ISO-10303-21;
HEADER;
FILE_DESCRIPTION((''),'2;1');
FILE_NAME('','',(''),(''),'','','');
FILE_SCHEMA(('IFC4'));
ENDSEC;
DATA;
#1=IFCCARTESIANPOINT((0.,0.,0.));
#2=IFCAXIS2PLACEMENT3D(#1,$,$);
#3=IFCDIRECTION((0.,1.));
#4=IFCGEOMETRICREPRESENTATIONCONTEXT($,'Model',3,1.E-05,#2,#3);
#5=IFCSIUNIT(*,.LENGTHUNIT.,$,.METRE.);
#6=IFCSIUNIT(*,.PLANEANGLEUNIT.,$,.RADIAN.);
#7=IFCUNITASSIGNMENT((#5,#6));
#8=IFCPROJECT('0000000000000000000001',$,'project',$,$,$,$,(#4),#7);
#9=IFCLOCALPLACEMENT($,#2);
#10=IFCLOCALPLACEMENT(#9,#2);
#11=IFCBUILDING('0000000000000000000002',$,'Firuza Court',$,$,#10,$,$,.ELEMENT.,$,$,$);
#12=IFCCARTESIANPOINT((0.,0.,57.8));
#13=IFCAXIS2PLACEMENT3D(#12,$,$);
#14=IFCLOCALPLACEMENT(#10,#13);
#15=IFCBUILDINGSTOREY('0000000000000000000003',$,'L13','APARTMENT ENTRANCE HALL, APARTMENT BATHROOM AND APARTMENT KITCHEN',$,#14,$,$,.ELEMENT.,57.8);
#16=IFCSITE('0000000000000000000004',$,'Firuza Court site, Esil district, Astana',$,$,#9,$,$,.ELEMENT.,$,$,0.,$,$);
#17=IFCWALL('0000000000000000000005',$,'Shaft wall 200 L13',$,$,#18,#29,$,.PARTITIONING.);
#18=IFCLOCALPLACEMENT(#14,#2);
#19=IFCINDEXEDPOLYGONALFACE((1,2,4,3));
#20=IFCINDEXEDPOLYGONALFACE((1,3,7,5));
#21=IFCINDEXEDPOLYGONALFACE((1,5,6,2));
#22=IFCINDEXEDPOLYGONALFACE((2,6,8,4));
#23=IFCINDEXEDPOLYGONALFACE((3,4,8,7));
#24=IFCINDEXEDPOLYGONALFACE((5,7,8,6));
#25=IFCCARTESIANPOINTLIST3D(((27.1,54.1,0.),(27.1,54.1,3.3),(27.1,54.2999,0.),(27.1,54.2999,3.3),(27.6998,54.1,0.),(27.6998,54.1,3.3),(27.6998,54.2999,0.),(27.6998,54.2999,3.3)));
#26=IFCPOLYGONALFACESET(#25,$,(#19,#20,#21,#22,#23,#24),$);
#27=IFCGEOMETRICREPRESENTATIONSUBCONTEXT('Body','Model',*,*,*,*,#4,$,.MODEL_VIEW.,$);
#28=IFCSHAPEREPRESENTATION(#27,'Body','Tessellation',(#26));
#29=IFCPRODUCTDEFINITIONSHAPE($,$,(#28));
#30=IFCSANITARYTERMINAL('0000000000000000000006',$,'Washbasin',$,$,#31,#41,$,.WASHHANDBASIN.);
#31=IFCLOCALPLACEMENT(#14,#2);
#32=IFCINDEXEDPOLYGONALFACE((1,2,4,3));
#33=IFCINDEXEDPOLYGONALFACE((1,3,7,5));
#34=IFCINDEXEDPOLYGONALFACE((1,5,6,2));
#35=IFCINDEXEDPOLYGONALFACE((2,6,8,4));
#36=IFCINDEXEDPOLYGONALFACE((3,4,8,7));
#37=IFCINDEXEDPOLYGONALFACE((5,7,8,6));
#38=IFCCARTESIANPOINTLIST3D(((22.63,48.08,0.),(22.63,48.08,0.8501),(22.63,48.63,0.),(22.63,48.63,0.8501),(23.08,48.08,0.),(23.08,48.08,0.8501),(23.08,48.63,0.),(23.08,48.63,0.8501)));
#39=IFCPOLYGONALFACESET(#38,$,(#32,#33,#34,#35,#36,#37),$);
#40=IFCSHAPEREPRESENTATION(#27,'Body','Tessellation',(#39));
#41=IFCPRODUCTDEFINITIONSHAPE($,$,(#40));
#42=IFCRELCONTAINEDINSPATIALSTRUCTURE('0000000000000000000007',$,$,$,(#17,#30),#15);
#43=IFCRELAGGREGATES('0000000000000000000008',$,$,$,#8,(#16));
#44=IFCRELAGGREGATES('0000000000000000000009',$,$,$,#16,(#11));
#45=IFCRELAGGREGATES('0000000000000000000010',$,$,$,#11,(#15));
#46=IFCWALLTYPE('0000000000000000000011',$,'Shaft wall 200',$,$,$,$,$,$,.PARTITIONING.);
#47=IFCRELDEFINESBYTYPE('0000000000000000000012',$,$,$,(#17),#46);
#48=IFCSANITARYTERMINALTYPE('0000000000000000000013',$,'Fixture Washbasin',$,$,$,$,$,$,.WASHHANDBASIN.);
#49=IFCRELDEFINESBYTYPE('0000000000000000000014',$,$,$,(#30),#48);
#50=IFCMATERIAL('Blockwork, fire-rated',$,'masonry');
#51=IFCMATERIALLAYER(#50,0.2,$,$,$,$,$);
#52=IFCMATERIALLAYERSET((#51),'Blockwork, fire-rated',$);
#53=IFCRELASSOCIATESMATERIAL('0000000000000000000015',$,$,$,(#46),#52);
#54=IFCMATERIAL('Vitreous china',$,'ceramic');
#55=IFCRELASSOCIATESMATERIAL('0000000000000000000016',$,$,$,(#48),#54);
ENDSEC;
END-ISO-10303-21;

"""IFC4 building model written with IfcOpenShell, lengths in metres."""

from ifc_helpers import new_model, si_unit, direction, frame, frame_2d, origin, origin_2d, place, context, subcontext, project, spatial, rectangle, extrude, material, layer, layer_set, type_object, element, save


model = new_model("IFC4")

# Units and contexts
model_context = context("Model", 3, precision=1e-05, world=origin(), true_north=direction((0.0, 1.0)))
body_context = subcontext(model_context, "Body", "Model", "MODEL_VIEW")
ifc_project = project(units=[si_unit("LENGTHUNIT", "METRE"), si_unit("PLANEANGLEUNIT", "RADIAN")], contexts=[model_context])

# Site, building, storey
site_placement = place(None, origin())
site = spatial("IfcSite", under=ifc_project, at=site_placement, Name="Firuza Court site, Esil district, Astana", CompositionType="ELEMENT", RefElevation=0.0)
building_placement = place(site_placement, origin())
building = spatial("IfcBuilding", under=site, at=building_placement, Name="Firuza Court", CompositionType="ELEMENT")
storey_placement = place(building_placement, frame((0.0, 0.0, 57.8)))
storey = spatial("IfcBuildingStorey", under=building, at=storey_placement, Name="L13", Description="APARTMENT ENTRANCE HALL, APARTMENT BATHROOM AND APARTMENT KITCHEN", CompositionType="ELEMENT", Elevation=57.8)

# Shared definitions
ifc_material_1 = material(Name="Blockwork, fire-rated", Category="masonry")

# Shared definitions
ifc_layer_1 = layer(ifc_material_1, 0.2)
ifc_layer_set_1 = layer_set([ifc_layer_1], Name="Blockwork, fire-rated")
wall_type_1 = type_object("IfcWallType", Name="Shaft wall 200", PredefinedType="PARTITIONING", material=ifc_layer_set_1)

# Wall
wall_1_placement = place(storey_placement, frame((27.1001, 54.2, 0.0), z_axis=(0.0, 0.0, 1.0), x_axis=(1.0, 0.0, 0.0)))
element("IfcWall", 1, at=wall_1_placement, inside=storey, type_object=wall_type_1, Name="Shaft wall 200 L13", PredefinedType="PARTITIONING", context=body_context, shape_type="SweptSolid", body=[
    extrude(rectangle(XDim=0.5999, YDim=0.2, at=frame_2d((0.2998, 0.0))), origin(), (0.0, 0.0, 1.0), 3.3),
])

# Sanitary terminal
ifc_material_2 = material(Name="Vitreous china", Category="ceramic")
sanitary_terminal_type = type_object("IfcSanitaryTerminalType", Name="Fixture Washbasin", PredefinedType="WASHHANDBASIN", material=ifc_material_2)
sanitary_terminal_placement = place(storey_placement, frame((22.855, 48.355, 0.0), z_axis=(0.0, 0.0, 1.0), x_axis=(1.0, 0.0, 0.0)))
element("IfcSanitaryTerminal", 2, at=sanitary_terminal_placement, inside=storey, type_object=sanitary_terminal_type, Name="Washbasin", PredefinedType="WASHHANDBASIN", context=body_context, shape_type="SweptSolid", body=[
    extrude(rectangle(XDim=0.45, YDim=0.55, at=origin_2d()), origin(), (0.0, 0.0, 1.0), 0.8501),
])

save(model, "model.ifc")
